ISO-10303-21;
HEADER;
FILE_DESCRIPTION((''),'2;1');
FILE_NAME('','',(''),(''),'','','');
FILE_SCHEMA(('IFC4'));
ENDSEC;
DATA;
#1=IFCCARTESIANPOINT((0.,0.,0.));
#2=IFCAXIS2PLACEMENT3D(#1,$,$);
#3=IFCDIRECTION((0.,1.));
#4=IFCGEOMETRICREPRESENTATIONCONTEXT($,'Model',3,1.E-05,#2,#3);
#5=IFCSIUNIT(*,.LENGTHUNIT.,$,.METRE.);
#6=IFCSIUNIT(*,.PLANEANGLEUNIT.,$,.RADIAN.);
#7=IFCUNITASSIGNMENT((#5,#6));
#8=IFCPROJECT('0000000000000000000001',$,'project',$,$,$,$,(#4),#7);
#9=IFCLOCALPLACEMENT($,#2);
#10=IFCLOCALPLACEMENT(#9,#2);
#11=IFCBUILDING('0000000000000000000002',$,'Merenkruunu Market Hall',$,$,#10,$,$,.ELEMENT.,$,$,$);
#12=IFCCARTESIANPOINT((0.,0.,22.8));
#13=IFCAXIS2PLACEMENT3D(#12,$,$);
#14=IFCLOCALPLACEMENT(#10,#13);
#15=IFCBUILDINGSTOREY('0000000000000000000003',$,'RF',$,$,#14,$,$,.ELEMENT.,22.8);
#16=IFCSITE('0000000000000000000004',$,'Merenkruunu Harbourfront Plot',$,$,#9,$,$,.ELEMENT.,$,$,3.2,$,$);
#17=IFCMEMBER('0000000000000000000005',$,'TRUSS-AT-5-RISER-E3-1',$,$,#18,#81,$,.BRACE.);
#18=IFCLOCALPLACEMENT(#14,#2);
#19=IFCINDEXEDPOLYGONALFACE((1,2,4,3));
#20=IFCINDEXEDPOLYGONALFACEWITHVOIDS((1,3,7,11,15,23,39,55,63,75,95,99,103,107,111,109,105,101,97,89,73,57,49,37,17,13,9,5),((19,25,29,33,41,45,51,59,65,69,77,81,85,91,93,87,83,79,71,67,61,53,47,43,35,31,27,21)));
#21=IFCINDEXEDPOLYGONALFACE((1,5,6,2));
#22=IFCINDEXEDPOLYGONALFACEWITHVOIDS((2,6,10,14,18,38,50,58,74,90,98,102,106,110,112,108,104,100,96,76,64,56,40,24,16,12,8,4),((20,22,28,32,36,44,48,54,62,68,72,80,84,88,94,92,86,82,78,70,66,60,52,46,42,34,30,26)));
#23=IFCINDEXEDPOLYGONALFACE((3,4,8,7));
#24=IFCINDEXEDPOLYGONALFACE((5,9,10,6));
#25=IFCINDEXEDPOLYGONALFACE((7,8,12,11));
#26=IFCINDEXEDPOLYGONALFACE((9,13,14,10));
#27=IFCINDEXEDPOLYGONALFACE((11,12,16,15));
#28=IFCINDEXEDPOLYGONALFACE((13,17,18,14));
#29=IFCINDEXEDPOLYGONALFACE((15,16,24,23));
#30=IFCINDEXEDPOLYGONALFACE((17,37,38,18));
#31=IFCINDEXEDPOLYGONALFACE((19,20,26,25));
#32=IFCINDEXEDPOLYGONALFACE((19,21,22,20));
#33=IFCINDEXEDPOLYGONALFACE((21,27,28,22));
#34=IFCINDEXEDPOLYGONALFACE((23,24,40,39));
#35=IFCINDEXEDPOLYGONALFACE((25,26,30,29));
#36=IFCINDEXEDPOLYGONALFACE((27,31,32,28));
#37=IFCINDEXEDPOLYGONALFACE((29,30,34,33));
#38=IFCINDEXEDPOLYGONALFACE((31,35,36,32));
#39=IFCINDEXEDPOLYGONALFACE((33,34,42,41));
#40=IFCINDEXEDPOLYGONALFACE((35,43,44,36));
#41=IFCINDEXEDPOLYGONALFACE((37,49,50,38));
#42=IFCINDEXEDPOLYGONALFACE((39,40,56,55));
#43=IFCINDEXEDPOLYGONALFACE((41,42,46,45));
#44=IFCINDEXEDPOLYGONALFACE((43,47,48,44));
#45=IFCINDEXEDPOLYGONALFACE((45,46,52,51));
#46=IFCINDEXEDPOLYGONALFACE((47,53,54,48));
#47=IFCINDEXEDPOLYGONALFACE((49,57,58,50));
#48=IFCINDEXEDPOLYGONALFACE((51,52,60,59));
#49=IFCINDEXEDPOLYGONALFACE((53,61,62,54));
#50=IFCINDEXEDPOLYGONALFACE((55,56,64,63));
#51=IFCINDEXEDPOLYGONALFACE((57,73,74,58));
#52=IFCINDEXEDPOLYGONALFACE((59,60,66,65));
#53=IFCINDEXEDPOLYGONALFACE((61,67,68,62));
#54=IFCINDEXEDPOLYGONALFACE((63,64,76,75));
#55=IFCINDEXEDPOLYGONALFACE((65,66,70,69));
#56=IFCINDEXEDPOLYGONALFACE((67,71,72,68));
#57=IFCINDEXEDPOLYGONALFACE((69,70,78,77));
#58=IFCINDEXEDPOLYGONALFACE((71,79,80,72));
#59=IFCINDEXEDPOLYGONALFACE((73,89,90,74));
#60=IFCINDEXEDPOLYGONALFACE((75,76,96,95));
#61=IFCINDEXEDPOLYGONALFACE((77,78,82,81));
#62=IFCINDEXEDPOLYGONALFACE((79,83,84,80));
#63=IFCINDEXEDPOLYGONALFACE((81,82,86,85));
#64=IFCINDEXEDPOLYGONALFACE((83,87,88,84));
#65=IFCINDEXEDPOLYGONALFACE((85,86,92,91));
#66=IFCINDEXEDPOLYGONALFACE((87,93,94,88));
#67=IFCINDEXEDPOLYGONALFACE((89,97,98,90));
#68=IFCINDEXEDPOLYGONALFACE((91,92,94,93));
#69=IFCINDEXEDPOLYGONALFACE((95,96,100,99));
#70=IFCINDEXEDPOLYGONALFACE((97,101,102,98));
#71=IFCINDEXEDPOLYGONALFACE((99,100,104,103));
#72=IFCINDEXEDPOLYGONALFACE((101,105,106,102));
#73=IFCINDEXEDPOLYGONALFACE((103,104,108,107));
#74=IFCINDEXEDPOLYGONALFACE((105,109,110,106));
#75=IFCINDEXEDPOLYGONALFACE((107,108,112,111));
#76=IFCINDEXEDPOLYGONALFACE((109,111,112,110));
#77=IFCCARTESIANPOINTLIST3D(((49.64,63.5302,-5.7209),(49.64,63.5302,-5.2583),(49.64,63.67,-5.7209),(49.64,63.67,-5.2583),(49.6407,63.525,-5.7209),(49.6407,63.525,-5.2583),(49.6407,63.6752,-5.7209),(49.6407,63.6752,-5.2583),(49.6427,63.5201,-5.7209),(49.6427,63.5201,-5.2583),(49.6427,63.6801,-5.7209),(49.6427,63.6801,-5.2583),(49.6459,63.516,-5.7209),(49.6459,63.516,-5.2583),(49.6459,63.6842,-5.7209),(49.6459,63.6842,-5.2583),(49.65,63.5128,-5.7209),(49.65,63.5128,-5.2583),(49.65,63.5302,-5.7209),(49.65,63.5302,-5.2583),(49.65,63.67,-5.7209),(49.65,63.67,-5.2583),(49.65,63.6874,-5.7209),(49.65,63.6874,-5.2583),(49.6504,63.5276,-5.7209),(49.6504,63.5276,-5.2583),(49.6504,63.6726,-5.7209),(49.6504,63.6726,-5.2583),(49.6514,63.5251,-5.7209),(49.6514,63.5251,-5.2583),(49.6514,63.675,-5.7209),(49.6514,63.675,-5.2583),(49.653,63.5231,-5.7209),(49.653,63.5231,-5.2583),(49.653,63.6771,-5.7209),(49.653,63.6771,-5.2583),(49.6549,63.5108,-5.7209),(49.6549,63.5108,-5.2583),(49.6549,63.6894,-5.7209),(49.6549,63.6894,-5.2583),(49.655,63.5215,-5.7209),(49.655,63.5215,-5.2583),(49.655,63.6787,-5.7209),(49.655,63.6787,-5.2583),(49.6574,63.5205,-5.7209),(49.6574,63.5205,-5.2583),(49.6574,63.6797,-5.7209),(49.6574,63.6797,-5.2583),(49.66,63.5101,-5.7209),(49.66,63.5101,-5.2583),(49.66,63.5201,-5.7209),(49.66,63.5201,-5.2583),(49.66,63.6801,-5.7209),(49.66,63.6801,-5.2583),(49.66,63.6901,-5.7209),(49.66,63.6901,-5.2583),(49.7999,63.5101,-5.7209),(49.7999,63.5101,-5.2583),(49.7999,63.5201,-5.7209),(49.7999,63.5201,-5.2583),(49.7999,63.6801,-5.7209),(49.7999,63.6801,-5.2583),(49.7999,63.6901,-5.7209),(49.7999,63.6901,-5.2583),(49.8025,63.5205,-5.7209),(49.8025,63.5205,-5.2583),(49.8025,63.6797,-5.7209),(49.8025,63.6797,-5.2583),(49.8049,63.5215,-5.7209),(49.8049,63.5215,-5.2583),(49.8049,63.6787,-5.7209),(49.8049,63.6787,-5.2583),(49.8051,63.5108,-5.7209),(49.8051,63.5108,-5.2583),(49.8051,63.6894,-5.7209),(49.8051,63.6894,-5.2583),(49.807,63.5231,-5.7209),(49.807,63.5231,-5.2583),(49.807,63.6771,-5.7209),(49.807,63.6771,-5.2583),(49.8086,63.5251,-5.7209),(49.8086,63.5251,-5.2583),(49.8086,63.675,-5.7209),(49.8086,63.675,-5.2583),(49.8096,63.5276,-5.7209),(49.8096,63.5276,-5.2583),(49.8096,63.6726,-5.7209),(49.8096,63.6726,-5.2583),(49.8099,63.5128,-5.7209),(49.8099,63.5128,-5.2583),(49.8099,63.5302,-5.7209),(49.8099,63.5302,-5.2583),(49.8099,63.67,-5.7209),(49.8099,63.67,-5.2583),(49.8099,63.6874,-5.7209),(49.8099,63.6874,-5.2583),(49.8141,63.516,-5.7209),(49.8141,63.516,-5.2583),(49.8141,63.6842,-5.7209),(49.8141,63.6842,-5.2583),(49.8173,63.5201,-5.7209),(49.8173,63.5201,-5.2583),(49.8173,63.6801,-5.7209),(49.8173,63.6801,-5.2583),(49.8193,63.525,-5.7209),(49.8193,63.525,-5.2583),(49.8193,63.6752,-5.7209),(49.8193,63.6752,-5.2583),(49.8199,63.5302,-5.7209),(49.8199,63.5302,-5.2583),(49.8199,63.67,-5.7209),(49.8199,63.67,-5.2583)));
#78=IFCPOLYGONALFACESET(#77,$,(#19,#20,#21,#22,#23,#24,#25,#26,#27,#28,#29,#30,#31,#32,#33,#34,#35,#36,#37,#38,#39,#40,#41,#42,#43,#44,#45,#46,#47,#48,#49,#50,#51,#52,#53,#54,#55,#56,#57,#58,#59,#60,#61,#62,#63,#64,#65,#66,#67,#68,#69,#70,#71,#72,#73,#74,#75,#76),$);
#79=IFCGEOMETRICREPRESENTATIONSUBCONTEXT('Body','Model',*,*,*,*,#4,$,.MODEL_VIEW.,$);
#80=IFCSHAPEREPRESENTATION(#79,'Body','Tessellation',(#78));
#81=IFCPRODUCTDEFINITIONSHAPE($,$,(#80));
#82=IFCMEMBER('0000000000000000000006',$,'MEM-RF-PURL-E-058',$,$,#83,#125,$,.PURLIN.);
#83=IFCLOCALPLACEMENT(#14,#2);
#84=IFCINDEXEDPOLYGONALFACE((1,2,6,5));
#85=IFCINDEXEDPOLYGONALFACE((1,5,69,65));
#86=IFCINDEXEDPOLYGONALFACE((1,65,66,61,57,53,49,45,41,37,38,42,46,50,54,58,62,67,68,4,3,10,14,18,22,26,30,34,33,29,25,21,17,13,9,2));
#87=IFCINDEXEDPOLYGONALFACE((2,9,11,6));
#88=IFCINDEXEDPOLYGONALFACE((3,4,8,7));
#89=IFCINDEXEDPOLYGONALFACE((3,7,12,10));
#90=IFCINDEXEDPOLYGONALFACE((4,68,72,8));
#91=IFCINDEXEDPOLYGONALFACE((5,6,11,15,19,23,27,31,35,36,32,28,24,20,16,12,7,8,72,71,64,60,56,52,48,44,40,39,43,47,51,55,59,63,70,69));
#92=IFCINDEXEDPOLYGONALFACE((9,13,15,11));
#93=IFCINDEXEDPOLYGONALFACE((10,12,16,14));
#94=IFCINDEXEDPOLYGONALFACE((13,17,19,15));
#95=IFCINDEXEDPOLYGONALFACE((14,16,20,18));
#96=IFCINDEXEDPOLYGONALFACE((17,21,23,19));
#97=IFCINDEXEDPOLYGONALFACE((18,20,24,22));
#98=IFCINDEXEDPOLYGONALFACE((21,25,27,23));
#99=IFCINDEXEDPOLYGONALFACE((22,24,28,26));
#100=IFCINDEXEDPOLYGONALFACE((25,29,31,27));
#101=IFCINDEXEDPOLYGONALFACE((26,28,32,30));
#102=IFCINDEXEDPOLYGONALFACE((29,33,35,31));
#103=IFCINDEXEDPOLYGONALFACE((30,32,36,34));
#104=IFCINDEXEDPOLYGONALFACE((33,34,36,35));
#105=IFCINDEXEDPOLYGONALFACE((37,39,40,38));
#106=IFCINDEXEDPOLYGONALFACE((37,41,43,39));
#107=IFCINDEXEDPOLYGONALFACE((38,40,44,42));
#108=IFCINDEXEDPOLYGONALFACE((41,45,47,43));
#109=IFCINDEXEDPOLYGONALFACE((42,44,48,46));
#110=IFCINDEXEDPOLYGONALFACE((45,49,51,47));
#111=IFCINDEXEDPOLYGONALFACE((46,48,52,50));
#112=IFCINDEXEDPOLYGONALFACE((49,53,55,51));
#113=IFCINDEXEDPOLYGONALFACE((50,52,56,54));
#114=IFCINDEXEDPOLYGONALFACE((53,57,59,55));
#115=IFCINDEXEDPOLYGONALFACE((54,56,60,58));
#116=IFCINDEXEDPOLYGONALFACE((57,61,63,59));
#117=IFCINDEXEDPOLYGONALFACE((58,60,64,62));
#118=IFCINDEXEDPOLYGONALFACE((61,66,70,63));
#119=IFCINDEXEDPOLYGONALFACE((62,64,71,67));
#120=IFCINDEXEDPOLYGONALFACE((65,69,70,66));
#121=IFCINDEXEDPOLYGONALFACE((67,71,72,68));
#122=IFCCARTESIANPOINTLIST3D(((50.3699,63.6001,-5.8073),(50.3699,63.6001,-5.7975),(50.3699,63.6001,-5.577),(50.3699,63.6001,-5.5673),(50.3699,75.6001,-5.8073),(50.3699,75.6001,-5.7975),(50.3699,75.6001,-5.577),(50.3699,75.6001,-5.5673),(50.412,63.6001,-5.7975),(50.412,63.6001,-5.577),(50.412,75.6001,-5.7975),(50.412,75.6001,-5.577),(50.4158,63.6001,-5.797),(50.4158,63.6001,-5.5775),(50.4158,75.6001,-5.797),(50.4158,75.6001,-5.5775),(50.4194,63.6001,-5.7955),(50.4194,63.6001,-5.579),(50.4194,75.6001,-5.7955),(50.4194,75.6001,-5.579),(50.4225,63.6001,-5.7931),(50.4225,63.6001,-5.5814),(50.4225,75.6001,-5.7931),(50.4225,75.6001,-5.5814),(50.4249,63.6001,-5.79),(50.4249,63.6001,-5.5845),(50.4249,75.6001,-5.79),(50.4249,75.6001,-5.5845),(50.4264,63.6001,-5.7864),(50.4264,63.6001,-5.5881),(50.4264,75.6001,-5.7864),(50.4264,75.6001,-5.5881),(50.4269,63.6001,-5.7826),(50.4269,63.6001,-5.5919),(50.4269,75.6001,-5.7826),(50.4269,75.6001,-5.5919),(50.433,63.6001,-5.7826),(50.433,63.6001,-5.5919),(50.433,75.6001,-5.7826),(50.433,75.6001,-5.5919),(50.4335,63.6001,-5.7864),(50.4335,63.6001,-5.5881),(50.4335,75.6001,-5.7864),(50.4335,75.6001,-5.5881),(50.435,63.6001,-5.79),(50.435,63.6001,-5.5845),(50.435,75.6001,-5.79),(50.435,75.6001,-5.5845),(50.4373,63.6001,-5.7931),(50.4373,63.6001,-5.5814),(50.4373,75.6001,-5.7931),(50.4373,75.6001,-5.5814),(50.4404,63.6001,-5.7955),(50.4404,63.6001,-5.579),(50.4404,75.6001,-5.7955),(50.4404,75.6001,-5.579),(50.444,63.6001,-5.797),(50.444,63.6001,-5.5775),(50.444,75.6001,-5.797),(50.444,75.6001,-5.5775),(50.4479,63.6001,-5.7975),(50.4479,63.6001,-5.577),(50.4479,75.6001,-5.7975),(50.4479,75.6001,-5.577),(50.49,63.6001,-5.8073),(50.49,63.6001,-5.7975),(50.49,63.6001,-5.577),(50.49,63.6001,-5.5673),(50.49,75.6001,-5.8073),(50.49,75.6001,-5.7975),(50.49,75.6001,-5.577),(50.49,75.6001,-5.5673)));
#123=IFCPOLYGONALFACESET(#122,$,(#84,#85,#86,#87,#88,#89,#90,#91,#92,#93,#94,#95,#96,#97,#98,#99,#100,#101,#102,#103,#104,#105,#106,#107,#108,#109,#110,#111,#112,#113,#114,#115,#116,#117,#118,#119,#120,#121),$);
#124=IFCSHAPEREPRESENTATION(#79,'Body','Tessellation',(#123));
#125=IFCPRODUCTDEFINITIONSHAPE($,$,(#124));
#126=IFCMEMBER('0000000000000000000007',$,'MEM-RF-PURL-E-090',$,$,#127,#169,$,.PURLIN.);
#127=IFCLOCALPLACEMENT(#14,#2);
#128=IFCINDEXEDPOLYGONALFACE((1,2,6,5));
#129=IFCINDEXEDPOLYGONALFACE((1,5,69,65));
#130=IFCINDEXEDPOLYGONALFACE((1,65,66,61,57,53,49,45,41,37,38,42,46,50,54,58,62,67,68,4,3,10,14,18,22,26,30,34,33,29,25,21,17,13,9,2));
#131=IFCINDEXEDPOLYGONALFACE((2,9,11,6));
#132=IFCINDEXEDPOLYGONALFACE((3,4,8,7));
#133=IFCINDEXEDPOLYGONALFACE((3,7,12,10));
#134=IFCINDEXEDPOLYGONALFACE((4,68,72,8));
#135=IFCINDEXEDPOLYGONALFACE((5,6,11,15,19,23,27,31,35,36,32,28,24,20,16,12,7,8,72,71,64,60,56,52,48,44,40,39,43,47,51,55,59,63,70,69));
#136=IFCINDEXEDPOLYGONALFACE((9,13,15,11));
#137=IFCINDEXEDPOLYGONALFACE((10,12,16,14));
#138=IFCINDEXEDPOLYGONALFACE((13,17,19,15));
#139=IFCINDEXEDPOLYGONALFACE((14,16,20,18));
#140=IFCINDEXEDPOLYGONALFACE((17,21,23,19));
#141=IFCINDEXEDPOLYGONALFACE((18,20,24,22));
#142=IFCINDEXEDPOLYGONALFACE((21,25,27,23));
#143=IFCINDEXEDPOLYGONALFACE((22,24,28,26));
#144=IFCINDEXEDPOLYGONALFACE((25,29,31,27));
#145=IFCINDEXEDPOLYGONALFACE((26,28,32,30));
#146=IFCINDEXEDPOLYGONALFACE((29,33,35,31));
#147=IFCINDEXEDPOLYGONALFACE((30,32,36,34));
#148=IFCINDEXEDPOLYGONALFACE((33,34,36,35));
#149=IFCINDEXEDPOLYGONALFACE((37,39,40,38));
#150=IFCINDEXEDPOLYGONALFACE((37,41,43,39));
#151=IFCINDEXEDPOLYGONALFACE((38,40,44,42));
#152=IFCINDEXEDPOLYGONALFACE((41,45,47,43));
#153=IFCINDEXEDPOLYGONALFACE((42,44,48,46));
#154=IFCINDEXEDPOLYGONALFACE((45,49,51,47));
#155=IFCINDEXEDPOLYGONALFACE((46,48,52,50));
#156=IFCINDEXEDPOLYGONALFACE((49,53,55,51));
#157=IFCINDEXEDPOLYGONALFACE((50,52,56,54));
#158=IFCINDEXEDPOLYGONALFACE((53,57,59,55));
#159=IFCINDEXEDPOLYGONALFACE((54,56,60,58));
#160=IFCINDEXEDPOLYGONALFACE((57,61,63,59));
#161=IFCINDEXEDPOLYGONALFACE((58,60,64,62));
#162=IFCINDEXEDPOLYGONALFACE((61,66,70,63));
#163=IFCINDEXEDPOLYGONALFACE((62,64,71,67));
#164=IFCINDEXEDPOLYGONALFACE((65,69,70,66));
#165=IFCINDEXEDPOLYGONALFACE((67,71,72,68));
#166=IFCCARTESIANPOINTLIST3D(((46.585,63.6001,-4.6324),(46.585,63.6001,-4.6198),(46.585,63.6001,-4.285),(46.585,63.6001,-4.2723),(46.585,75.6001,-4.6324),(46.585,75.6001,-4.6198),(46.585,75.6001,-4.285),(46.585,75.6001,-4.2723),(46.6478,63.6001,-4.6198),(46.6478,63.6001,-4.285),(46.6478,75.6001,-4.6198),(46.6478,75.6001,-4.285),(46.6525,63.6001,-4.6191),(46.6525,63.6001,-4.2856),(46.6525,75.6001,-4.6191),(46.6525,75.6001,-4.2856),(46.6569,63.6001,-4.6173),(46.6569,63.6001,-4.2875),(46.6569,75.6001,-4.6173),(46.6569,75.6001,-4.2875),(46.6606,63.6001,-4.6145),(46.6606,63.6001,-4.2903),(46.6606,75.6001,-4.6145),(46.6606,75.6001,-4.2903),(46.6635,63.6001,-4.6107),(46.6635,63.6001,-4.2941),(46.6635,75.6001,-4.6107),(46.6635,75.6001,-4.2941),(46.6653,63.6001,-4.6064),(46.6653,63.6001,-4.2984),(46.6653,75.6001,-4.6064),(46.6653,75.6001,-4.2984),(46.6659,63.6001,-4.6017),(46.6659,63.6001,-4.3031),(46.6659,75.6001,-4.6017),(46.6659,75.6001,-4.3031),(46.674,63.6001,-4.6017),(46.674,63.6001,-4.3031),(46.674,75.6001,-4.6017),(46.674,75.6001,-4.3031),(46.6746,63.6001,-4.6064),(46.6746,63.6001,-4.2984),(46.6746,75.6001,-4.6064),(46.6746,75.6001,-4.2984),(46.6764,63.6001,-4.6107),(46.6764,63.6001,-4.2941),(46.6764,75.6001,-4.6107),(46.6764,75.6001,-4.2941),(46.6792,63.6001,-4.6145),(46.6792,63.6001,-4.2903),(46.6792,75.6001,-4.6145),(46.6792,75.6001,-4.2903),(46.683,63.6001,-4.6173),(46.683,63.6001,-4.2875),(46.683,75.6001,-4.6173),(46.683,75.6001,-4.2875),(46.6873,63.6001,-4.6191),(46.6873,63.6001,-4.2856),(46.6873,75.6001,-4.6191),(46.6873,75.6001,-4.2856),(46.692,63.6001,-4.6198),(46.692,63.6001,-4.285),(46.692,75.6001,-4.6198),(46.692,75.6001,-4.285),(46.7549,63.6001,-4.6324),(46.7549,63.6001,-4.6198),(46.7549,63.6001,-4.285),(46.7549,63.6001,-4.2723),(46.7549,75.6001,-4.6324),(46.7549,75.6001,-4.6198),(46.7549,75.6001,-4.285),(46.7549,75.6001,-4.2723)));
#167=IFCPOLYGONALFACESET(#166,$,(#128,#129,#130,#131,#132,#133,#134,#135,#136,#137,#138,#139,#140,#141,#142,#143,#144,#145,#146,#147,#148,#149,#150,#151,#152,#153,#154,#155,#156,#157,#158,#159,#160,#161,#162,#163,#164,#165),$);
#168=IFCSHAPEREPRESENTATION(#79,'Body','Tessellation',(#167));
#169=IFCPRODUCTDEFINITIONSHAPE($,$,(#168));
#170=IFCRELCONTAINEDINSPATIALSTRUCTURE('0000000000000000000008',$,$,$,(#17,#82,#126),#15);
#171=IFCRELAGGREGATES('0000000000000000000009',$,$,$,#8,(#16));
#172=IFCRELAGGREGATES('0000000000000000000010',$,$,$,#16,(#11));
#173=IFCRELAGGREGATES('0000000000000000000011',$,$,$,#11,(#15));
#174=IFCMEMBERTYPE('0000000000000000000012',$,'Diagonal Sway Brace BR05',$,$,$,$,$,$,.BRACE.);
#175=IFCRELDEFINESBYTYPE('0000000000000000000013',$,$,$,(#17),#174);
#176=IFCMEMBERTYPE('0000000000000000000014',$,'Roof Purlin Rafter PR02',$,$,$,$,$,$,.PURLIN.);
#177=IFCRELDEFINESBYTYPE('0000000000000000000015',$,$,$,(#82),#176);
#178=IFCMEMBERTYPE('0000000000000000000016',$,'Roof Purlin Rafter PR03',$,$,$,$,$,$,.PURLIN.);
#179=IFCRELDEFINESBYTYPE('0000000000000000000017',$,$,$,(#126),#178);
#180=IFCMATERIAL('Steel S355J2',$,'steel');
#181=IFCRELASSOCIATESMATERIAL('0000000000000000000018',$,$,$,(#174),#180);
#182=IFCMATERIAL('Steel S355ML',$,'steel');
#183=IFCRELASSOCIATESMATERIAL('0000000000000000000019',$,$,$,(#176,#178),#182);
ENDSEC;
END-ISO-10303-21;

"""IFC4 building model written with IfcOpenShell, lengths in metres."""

from ifc_helpers import new_model, si_unit, direction, frame, origin, origin_2d, place, context, subcontext, project, spatial, hollow_rectangle, i_section, extrude, material, material_profile, profile_set, type_object, element, save


model = new_model("IFC4")

# Units and contexts
model_context = context("Model", 3, precision=1e-05, world=origin(), true_north=direction((0.0, 1.0)))
body_context = subcontext(model_context, "Body", "Model", "MODEL_VIEW")
ifc_project = project(units=[si_unit("LENGTHUNIT", "METRE"), si_unit("PLANEANGLEUNIT", "RADIAN")], contexts=[model_context])

# Site, building, storey
site_placement = place(None, origin())
site = spatial("IfcSite", under=ifc_project, at=site_placement, Name="Merenkruunu Harbourfront Plot", CompositionType="ELEMENT", RefElevation=3.2)
building_placement = place(site_placement, origin())
building = spatial("IfcBuilding", under=site, at=building_placement, Name="Merenkruunu Market Hall", CompositionType="ELEMENT")
storey_placement = place(building_placement, frame((0.0, 0.0, 22.8)))
storey = spatial("IfcBuildingStorey", under=building, at=storey_placement, Name="RF", CompositionType="ELEMENT", Elevation=22.8)

# Shared definitions
ifc_material_1 = material(Name="Steel S355ML", Category="steel")

# Members
ifc_material_2 = material(Name="Steel S355J2", Category="steel")
ifc_material_profile_1 = material_profile(ifc_material_2, hollow_rectangle(XDim=0.1799, YDim=0.1799, WallThickness=0.01, InnerFilletRadius=0.01, OuterFilletRadius=0.02, at=origin_2d()), Name="SHS 180x180x10")
ifc_profile_set_1 = profile_set([ifc_material_profile_1], Name="Steel S355J2")
member_type_1 = type_object("IfcMemberType", Name="Diagonal Sway Brace BR05", PredefinedType="BRACE", material=ifc_profile_set_1)
member_1_placement = place(storey_placement, frame((49.73, 63.6001, -5.7209), z_axis=(0.0, 0.0, 1.0), x_axis=(1.0, 0.0, 0.0)))
element("IfcMember", 1, at=member_1_placement, inside=storey, type_object=member_type_1, Name="TRUSS-AT-5-RISER-E3-1", PredefinedType="BRACE", context=body_context, shape_type="SweptSolid", body=[
    extrude(hollow_rectangle(XDim=0.1799, YDim=0.1799, WallThickness=0.01, InnerFilletRadius=0.01, OuterFilletRadius=0.02, at=origin_2d()), origin(), (0.0, 0.0, 1.0), 0.4626),
])
ifc_material_profile_2 = material_profile(ifc_material_1, i_section(OverallWidth=0.1201, OverallDepth=0.24, WebThickness=0.0061, FlangeThickness=0.0098, FilletRadius=0.0149, at=origin_2d()), Name="IPE 240")
ifc_profile_set_2 = profile_set([ifc_material_profile_2], Name="Steel S355ML")
member_type_2 = type_object("IfcMemberType", Name="Roof Purlin Rafter PR02", PredefinedType="PURLIN", material=ifc_profile_set_2)
member_2_placement = place(storey_placement, frame((50.4299, 63.6001, -5.6873), z_axis=(0.0, 1.0, 0.0), x_axis=(-1.0, 0.0, 0.0)))
element("IfcMember", 2, at=member_2_placement, inside=storey, type_object=member_type_2, Name="MEM-RF-PURL-E-058", PredefinedType="PURLIN", context=body_context, shape_type="SweptSolid", body=[
    extrude(i_section(OverallWidth=0.1201, OverallDepth=0.24, WebThickness=0.0061, FlangeThickness=0.0098, FilletRadius=0.0149, at=origin_2d()), origin(), (0.0, 0.0, 1.0), 12.0),
])
ifc_material_profile_3 = material_profile(ifc_material_1, i_section(OverallWidth=0.1699, OverallDepth=0.3601, WebThickness=0.0081, FlangeThickness=0.0127, FilletRadius=0.0181, at=origin_2d()), Name="IPE 360")
ifc_profile_set_3 = profile_set([ifc_material_profile_3], Name="Steel S355ML")
member_type_3 = type_object("IfcMemberType", Name="Roof Purlin Rafter PR03", PredefinedType="PURLIN", material=ifc_profile_set_3)
member_3_placement = place(storey_placement, frame((46.6699, 63.6001, -4.4524), z_axis=(0.0, 1.0, 0.0), x_axis=(-1.0, 0.0, 0.0)))
element("IfcMember", 3, at=member_3_placement, inside=storey, type_object=member_type_3, Name="MEM-RF-PURL-E-090", PredefinedType="PURLIN", context=body_context, shape_type="SweptSolid", body=[
    extrude(i_section(OverallWidth=0.1699, OverallDepth=0.3601, WebThickness=0.0081, FlangeThickness=0.0127, FilletRadius=0.0181, at=origin_2d()), origin(), (0.0, 0.0, 1.0), 12.0),
])

save(model, "model.ifc")
